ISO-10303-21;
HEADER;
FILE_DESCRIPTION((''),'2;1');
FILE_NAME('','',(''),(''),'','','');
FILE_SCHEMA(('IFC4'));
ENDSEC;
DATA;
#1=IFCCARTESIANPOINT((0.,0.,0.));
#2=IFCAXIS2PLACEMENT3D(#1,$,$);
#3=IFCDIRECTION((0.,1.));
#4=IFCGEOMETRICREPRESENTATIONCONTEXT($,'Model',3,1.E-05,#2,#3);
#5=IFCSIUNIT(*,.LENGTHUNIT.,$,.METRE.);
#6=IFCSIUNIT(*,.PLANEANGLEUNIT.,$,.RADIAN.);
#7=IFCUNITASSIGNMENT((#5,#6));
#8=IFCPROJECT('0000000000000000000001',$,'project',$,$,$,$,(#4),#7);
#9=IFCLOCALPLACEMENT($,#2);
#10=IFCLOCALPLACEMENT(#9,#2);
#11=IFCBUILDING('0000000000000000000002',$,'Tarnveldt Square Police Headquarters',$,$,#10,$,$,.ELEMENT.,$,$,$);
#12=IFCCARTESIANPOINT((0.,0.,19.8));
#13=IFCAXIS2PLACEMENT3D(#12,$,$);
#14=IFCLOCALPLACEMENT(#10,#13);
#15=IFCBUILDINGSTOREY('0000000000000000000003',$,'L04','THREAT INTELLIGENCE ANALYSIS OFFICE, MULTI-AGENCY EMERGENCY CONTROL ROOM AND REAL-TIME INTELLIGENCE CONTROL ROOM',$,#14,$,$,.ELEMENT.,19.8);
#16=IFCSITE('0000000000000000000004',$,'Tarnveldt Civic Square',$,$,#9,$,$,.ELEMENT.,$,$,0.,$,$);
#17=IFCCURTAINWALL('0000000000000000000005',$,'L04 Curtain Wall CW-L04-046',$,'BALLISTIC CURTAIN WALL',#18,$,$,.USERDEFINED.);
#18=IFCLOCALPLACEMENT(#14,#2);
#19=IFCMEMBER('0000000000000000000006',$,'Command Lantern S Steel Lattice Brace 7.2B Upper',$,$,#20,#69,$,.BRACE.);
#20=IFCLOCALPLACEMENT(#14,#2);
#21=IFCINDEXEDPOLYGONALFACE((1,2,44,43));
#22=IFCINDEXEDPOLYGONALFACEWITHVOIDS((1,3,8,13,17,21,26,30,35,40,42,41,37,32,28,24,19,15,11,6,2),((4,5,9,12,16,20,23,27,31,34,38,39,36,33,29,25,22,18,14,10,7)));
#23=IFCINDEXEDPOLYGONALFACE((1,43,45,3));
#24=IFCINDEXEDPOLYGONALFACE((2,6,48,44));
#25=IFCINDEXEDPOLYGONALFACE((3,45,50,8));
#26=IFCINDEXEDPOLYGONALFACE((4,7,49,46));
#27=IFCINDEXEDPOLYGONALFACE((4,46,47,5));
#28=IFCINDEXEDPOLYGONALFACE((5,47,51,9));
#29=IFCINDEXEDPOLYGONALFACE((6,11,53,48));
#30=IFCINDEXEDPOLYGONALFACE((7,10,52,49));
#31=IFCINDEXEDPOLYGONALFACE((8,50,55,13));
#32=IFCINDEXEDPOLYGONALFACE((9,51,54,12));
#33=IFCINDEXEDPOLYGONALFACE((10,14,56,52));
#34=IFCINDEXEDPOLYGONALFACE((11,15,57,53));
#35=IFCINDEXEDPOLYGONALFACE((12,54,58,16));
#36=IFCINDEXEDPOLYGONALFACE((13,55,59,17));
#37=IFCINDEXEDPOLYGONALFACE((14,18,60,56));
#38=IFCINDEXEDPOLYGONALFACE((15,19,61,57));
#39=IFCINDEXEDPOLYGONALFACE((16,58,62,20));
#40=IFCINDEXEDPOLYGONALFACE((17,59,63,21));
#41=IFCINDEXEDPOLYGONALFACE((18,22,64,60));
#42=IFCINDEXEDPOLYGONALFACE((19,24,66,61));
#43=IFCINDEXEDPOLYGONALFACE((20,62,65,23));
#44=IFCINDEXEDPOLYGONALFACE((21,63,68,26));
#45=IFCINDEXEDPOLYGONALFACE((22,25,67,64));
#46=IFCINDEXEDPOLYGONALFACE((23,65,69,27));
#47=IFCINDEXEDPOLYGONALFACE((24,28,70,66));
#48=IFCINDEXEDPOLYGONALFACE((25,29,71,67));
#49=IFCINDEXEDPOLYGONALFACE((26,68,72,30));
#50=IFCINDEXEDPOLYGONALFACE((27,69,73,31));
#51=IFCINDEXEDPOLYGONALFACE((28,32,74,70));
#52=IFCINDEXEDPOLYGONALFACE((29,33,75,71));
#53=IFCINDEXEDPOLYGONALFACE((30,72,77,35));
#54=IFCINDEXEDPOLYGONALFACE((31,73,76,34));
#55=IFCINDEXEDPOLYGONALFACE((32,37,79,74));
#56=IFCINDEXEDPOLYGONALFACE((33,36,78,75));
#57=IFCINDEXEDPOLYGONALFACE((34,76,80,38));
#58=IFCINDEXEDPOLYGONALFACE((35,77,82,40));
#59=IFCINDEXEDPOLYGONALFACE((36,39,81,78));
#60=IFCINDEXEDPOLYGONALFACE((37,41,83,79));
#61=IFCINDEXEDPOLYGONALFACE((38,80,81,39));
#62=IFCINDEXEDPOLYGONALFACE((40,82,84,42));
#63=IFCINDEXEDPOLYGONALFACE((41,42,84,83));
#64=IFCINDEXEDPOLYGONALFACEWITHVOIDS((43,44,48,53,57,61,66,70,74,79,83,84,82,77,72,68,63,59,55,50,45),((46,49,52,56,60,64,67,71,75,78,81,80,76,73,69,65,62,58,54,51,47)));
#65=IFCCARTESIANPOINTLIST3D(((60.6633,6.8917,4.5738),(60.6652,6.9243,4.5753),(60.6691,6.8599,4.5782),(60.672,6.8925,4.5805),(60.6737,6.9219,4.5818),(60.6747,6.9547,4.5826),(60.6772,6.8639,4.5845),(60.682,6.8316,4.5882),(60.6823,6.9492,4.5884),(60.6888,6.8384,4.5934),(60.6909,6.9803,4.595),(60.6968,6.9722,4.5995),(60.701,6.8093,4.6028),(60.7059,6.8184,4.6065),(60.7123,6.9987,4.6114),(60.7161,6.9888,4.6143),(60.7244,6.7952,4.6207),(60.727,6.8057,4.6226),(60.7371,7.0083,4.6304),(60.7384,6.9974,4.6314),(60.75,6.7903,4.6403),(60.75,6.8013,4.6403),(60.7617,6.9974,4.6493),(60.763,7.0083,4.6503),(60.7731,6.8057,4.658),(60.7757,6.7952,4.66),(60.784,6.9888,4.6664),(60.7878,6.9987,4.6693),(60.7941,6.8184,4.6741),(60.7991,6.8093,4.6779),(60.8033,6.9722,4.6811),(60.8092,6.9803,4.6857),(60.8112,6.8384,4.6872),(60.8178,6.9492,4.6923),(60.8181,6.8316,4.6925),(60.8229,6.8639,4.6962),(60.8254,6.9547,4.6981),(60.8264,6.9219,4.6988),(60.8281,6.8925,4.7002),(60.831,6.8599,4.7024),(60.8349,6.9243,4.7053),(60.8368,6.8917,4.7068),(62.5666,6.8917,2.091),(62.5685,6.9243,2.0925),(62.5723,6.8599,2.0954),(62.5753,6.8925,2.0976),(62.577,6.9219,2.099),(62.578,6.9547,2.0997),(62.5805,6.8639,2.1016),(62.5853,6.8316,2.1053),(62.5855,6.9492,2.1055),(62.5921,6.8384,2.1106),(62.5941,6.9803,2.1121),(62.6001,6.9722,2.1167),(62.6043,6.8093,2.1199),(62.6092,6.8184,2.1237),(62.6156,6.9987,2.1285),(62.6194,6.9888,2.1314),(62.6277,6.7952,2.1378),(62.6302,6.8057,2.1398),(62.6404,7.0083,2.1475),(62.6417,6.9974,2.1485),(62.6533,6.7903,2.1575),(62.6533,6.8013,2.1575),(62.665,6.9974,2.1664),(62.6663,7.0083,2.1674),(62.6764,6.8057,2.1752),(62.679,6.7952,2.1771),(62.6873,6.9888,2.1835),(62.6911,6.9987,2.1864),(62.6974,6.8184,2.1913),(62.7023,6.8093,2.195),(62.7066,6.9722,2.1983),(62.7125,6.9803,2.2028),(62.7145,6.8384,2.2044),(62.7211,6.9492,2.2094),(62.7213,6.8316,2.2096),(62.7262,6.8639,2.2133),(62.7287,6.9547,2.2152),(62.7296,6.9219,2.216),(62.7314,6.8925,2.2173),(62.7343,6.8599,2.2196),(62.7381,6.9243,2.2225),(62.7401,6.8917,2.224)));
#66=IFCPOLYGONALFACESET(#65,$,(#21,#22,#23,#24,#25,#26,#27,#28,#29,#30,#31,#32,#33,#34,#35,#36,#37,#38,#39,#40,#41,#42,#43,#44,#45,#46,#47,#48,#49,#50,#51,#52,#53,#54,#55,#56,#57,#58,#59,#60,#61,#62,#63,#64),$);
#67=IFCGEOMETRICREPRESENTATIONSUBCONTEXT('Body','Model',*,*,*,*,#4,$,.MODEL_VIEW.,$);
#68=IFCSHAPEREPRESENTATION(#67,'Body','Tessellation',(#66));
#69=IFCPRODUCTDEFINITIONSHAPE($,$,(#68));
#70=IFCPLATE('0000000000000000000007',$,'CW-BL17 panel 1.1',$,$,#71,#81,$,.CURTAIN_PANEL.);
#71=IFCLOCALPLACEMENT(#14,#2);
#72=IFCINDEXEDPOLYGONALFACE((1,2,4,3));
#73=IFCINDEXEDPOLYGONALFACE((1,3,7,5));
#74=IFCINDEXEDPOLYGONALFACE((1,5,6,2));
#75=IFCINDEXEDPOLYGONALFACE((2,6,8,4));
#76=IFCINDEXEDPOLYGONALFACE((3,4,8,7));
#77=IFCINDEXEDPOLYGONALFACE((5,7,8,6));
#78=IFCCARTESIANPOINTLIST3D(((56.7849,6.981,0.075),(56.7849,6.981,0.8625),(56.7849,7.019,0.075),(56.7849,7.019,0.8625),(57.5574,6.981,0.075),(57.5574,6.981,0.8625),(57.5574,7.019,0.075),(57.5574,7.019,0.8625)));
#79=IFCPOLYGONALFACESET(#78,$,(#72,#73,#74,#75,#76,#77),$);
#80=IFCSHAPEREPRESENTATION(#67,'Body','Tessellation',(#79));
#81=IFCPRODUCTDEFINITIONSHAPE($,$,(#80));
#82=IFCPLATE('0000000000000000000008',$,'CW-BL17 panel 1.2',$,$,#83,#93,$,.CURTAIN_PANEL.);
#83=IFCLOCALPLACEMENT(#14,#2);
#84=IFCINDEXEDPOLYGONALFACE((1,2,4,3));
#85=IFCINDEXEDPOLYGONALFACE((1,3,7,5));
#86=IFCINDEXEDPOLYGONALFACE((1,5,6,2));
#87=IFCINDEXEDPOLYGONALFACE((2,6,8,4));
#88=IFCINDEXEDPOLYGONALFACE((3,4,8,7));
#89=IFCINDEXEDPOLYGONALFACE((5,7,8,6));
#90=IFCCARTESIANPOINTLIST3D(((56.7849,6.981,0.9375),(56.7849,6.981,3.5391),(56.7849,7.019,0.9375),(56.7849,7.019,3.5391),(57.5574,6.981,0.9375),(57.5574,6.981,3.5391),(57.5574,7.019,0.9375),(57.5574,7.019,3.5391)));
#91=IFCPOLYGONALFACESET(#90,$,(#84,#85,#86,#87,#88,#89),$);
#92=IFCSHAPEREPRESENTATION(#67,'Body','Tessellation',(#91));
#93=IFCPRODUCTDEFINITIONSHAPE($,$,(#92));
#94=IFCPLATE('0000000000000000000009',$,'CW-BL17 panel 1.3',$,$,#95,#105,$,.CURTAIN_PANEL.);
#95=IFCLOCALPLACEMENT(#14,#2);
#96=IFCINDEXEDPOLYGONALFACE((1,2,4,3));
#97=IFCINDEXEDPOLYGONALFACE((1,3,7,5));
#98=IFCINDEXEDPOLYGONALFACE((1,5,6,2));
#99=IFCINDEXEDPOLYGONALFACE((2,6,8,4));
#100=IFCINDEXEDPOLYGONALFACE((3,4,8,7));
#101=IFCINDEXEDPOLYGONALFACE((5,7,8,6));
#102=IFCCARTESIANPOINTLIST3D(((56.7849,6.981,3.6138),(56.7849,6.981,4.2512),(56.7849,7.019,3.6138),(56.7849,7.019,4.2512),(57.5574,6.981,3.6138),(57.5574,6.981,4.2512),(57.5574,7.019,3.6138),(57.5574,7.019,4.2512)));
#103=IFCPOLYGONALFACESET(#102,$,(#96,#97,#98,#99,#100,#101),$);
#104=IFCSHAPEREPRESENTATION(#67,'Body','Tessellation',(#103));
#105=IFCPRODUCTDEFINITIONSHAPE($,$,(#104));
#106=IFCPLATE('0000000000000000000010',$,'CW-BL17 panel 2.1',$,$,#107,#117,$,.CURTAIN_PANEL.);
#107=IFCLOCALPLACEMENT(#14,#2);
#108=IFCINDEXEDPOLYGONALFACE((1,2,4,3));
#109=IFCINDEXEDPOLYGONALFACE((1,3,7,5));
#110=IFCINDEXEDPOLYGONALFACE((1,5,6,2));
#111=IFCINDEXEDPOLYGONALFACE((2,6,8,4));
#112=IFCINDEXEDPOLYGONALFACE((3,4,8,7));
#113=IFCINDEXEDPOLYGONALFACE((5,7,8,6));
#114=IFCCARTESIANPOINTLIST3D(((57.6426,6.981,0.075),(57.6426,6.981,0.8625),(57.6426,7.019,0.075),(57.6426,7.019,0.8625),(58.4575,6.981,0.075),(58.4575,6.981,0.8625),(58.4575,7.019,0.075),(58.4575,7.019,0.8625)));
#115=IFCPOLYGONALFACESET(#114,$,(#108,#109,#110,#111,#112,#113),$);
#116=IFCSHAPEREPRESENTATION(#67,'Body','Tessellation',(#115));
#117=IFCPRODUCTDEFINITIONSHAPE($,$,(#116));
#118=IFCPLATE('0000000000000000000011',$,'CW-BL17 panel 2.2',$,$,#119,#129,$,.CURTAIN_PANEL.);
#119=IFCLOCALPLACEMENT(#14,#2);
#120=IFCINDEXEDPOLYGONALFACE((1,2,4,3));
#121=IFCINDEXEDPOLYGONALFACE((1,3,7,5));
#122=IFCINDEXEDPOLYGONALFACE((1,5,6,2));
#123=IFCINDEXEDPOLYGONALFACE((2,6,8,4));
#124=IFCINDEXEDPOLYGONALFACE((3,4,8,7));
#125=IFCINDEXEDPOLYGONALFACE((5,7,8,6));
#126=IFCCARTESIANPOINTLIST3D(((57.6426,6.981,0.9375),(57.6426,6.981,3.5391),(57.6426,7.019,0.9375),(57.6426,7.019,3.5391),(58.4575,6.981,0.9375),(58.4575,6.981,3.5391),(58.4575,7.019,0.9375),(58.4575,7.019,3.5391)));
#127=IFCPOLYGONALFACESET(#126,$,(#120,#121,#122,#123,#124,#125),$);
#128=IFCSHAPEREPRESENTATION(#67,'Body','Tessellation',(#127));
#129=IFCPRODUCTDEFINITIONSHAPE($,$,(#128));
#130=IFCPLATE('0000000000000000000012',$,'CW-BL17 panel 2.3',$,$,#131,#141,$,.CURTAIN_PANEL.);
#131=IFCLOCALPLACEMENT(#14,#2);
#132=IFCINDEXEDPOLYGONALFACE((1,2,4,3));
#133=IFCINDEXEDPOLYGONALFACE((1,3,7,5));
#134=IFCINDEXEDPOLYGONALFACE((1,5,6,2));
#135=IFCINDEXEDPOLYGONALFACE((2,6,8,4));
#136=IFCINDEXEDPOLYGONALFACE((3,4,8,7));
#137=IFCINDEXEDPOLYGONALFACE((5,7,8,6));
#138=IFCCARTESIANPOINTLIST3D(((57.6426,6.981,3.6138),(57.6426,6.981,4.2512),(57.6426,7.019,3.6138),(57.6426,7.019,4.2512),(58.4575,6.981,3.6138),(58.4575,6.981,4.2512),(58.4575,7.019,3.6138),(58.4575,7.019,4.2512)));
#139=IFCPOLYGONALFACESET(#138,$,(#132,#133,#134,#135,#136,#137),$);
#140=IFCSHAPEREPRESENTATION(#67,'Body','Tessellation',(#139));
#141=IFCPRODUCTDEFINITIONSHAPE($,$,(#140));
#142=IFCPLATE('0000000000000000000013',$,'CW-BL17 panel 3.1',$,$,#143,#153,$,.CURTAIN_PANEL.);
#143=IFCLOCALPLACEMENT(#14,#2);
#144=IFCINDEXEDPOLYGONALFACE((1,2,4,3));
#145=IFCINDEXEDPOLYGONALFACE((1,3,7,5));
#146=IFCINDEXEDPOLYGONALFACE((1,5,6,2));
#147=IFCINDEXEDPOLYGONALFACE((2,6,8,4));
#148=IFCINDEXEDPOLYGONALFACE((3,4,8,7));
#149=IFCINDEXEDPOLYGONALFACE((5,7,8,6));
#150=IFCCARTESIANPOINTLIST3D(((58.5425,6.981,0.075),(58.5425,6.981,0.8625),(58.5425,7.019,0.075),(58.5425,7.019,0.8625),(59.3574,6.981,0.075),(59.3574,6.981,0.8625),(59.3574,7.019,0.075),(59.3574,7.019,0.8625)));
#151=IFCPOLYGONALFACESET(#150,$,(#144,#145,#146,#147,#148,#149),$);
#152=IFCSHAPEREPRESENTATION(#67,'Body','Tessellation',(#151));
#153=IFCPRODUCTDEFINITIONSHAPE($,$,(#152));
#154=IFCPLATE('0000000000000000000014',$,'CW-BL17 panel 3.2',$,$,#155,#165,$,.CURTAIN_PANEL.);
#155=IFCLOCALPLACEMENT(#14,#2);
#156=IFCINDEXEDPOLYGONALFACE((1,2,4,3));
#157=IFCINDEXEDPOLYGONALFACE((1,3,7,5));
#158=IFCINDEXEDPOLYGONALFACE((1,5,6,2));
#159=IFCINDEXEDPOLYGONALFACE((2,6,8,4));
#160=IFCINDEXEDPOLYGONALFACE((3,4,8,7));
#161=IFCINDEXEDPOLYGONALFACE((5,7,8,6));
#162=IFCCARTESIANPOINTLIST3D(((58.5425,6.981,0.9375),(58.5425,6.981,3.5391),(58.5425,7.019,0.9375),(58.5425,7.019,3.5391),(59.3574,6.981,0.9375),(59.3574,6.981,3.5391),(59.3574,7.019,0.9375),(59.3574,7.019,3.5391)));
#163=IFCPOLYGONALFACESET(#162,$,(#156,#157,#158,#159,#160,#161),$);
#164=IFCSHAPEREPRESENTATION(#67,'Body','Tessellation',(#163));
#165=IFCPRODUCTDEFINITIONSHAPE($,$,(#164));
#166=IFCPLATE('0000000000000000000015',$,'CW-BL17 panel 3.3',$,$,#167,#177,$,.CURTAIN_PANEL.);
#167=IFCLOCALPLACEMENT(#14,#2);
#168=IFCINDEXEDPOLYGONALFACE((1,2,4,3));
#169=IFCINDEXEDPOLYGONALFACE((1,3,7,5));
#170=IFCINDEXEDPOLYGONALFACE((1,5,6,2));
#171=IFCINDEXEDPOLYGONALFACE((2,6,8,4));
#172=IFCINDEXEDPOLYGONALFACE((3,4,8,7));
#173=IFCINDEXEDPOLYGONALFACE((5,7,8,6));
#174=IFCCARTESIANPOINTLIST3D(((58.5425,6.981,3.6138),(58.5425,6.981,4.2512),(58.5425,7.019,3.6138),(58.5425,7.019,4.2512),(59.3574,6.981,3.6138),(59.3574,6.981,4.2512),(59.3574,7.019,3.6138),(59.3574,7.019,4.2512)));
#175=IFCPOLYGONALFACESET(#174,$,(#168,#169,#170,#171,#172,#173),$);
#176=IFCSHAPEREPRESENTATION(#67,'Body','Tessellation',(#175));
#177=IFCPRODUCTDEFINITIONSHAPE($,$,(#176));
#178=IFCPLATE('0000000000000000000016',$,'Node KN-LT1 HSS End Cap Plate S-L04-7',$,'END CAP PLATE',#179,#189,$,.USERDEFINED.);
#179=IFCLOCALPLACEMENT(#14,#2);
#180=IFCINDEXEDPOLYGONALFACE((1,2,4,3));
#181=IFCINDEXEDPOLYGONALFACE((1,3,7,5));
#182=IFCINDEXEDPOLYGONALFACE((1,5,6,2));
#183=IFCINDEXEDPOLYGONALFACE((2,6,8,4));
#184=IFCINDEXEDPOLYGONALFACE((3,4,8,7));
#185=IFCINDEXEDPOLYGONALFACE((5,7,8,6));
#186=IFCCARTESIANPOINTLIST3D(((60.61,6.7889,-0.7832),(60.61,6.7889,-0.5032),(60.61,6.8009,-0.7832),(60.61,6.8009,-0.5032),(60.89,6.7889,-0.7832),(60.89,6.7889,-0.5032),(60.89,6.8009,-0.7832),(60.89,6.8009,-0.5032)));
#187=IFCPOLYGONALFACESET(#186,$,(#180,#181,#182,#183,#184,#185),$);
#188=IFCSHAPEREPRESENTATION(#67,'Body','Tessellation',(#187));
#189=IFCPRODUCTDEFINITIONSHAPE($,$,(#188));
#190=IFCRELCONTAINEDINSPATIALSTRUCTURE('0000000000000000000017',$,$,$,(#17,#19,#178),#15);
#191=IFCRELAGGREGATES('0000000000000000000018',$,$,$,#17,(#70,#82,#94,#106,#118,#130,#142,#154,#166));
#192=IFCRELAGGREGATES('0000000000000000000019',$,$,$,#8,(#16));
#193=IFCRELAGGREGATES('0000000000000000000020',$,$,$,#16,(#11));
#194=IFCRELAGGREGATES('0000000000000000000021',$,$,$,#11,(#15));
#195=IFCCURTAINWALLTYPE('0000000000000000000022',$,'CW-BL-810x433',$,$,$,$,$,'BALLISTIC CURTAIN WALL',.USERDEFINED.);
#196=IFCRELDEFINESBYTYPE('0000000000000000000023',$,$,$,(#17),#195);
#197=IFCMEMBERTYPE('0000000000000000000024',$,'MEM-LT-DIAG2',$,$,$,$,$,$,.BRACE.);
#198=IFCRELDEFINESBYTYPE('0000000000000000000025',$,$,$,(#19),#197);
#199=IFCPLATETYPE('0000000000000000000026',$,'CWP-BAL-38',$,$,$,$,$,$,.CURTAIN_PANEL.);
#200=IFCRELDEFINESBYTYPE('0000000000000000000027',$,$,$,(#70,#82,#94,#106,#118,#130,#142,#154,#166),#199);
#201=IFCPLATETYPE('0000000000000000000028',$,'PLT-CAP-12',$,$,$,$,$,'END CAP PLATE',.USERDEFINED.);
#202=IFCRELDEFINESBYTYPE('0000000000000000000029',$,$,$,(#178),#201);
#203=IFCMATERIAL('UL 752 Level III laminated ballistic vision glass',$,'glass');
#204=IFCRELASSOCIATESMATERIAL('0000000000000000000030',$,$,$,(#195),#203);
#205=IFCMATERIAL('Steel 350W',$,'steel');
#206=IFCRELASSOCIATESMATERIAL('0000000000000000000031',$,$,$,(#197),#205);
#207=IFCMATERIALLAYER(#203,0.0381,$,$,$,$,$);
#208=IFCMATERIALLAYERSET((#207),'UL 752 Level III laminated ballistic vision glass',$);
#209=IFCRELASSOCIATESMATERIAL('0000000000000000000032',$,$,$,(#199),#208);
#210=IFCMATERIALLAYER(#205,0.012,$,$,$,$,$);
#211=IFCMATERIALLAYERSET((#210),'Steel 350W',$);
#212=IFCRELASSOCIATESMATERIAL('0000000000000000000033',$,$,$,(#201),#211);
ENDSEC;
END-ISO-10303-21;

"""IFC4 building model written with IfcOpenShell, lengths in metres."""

from ifc_helpers import new_model, si_unit, direction, frame, origin, origin_2d, place, context, subcontext, project, spatial, rectangle, hollow_circle, extrude, material, layer, layer_set, material_profile, profile_set, type_object, element, aggregate, save


model = new_model("IFC4")

# Units and contexts
model_context = context("Model", 3, precision=1e-05, world=origin(), true_north=direction((0.0, 1.0)))
body_context = subcontext(model_context, "Body", "Model", "MODEL_VIEW")
ifc_project = project(units=[si_unit("LENGTHUNIT", "METRE"), si_unit("PLANEANGLEUNIT", "RADIAN")], contexts=[model_context])

# Site, building, storey
site_placement = place(None, origin())
site = spatial("IfcSite", under=ifc_project, at=site_placement, Name="Tarnveldt Civic Square", CompositionType="ELEMENT", RefElevation=0.0)
building_placement = place(site_placement, origin())
building = spatial("IfcBuilding", under=site, at=building_placement, Name="Tarnveldt Square Police Headquarters", CompositionType="ELEMENT")
storey_placement = place(building_placement, frame((0.0, 0.0, 19.8)))
storey = spatial("IfcBuildingStorey", under=building, at=storey_placement, Name="L04", Description="THREAT INTELLIGENCE ANALYSIS OFFICE, MULTI-AGENCY EMERGENCY CONTROL ROOM AND REAL-TIME INTELLIGENCE CONTROL ROOM", CompositionType="ELEMENT", Elevation=19.8)

# Curtain wall
ifc_material_1 = material(Name="UL 752 Level III laminated ballistic vision glass", Category="glass")
curtain_wall_type = type_object("IfcCurtainWallType", Name="CW-BL-810x433", ElementType="BALLISTIC CURTAIN WALL", PredefinedType="USERDEFINED", material=ifc_material_1)
curtain_wall_placement = place(storey_placement, origin())
curtain_wall = element("IfcCurtainWall", 1, at=curtain_wall_placement, inside=storey, type_object=curtain_wall_type, Name="L04 Curtain Wall CW-L04-046", ObjectType="BALLISTIC CURTAIN WALL", PredefinedType="USERDEFINED")

# Member
ifc_material_2 = material(Name="Steel 350W", Category="steel")
ifc_material_profile_1 = material_profile(ifc_material_2, hollow_circle(Radius=0.1096, WallThickness=0.011, at=origin_2d()), Name="HSS219x11")
ifc_profile_set_1 = profile_set([ifc_material_profile_1], Name="Steel 350W")
member_type_1 = type_object("IfcMemberType", Name="MEM-LT-DIAG2", PredefinedType="BRACE", material=ifc_profile_set_1)
member_1_placement = place(storey_placement, frame((62.6533, 6.8999, 2.1575), z_axis=(-0.608382, 0.0, 0.793644), x_axis=(0.0, -1.0, 0.0)))
element("IfcMember", 2, at=member_1_placement, inside=storey, type_object=member_type_1, Name="Command Lantern S Steel Lattice Brace 7.2B Upper", PredefinedType="BRACE", context=body_context, shape_type="SweptSolid", body=[
    extrude(hollow_circle(Radius=0.1096, WallThickness=0.011, at=origin_2d()), origin(), (0.0, 0.0, 1.0), 3.1284),
])

# Plates
ifc_layer_1 = layer(ifc_material_1, 0.0381)
ifc_layer_set_1 = layer_set([ifc_layer_1], Name="UL 752 Level III laminated ballistic vision glass")
plate_type_1 = type_object("IfcPlateType", Name="CWP-BAL-38", PredefinedType="CURTAIN_PANEL", material=ifc_layer_set_1)
plate_1_placement = place(storey_placement, frame((57.1711, 7.0, 0.075), z_axis=(0.0, 0.0, 1.0), x_axis=(1.0, 0.0, 0.0)))
plate_1 = element("IfcPlate", 3, at=plate_1_placement, type_object=plate_type_1, Name="CW-BL17 panel 1.1", PredefinedType="CURTAIN_PANEL", context=body_context, shape_type="SweptSolid", body=[
    extrude(rectangle(XDim=0.7725, YDim=0.0381, at=origin_2d()), origin(), (0.0, 0.0, 1.0), 0.7876),
])
plate_2_placement = place(storey_placement, frame((57.1711, 7.0, 0.9375), z_axis=(0.0, 0.0, 1.0), x_axis=(1.0, 0.0, 0.0)))
plate_2 = element("IfcPlate", 4, at=plate_2_placement, type_object=plate_type_1, Name="CW-BL17 panel 1.2", PredefinedType="CURTAIN_PANEL", context=body_context, shape_type="SweptSolid", body=[
    extrude(rectangle(XDim=0.7725, YDim=0.0381, at=origin_2d()), origin(), (0.0, 0.0, 1.0), 2.6016),
])
plate_3_placement = place(storey_placement, frame((57.1711, 7.0, 3.6138), z_axis=(0.0, 0.0, 1.0), x_axis=(1.0, 0.0, 0.0)))
plate_3 = element("IfcPlate", 5, at=plate_3_placement, type_object=plate_type_1, Name="CW-BL17 panel 1.3", PredefinedType="CURTAIN_PANEL", context=body_context, shape_type="SweptSolid", body=[
    extrude(rectangle(XDim=0.7725, YDim=0.0381, at=origin_2d()), origin(), (0.0, 0.0, 1.0), 0.6375),
])
plate_4_placement = place(storey_placement, frame((58.05, 7.0, 0.075), z_axis=(0.0, 0.0, 1.0), x_axis=(1.0, 0.0, 0.0)))
plate_4 = element("IfcPlate", 6, at=plate_4_placement, type_object=plate_type_1, Name="CW-BL17 panel 2.1", PredefinedType="CURTAIN_PANEL", context=body_context, shape_type="SweptSolid", body=[
    extrude(rectangle(XDim=0.8149, YDim=0.0381, at=origin_2d()), origin(), (0.0, 0.0, 1.0), 0.7876),
])
plate_5_placement = place(storey_placement, frame((58.05, 7.0, 0.9375), z_axis=(0.0, 0.0, 1.0), x_axis=(1.0, 0.0, 0.0)))
plate_5 = element("IfcPlate", 7, at=plate_5_placement, type_object=plate_type_1, Name="CW-BL17 panel 2.2", PredefinedType="CURTAIN_PANEL", context=body_context, shape_type="SweptSolid", body=[
    extrude(rectangle(XDim=0.8149, YDim=0.0381, at=origin_2d()), origin(), (0.0, 0.0, 1.0), 2.6016),
])
plate_6_placement = place(storey_placement, frame((58.05, 7.0, 3.6138), z_axis=(0.0, 0.0, 1.0), x_axis=(1.0, 0.0, 0.0)))
plate_6 = element("IfcPlate", 8, at=plate_6_placement, type_object=plate_type_1, Name="CW-BL17 panel 2.3", PredefinedType="CURTAIN_PANEL", context=body_context, shape_type="SweptSolid", body=[
    extrude(rectangle(XDim=0.8149, YDim=0.0381, at=origin_2d()), origin(), (0.0, 0.0, 1.0), 0.6375),
])
plate_7_placement = place(storey_placement, frame((58.95, 7.0, 0.075), z_axis=(0.0, 0.0, 1.0), x_axis=(1.0, 0.0, 0.0)))
plate_7 = element("IfcPlate", 9, at=plate_7_placement, type_object=plate_type_1, Name="CW-BL17 panel 3.1", PredefinedType="CURTAIN_PANEL", context=body_context, shape_type="SweptSolid", body=[
    extrude(rectangle(XDim=0.8149, YDim=0.0381, at=origin_2d()), origin(), (0.0, 0.0, 1.0), 0.7876),
])
plate_8_placement = place(storey_placement, frame((58.95, 7.0, 0.9375), z_axis=(0.0, 0.0, 1.0), x_axis=(1.0, 0.0, 0.0)))
plate_8 = element("IfcPlate", 10, at=plate_8_placement, type_object=plate_type_1, Name="CW-BL17 panel 3.2", PredefinedType="CURTAIN_PANEL", context=body_context, shape_type="SweptSolid", body=[
    extrude(rectangle(XDim=0.8149, YDim=0.0381, at=origin_2d()), origin(), (0.0, 0.0, 1.0), 2.6016),
])
plate_9_placement = place(storey_placement, frame((58.95, 7.0, 3.6138), z_axis=(0.0, 0.0, 1.0), x_axis=(1.0, 0.0, 0.0)))
plate_9 = element("IfcPlate", 11, at=plate_9_placement, type_object=plate_type_1, Name="CW-BL17 panel 3.3", PredefinedType="CURTAIN_PANEL", context=body_context, shape_type="SweptSolid", body=[
    extrude(rectangle(XDim=0.8149, YDim=0.0381, at=origin_2d()), origin(), (0.0, 0.0, 1.0), 0.6375),
])
aggregate(curtain_wall, [plate_1, plate_2, plate_3, plate_4, plate_5, plate_6, plate_7, plate_8, plate_9])

# Plate
ifc_layer_2 = layer(ifc_material_2, 0.012)
ifc_layer_set_2 = layer_set([ifc_layer_2], Name="Steel 350W")
plate_type_2 = type_object("IfcPlateType", Name="PLT-CAP-12", ElementType="END CAP PLATE", PredefinedType="USERDEFINED", material=ifc_layer_set_2)
plate_10_placement = place(storey_placement, frame((60.75, 6.7949, -0.7832), z_axis=(0.0, 0.0, 1.0), x_axis=(1.0, 0.0, 0.0)))
element("IfcPlate", 12, at=plate_10_placement, inside=storey, type_object=plate_type_2, Name="Node KN-LT1 HSS End Cap Plate S-L04-7", ObjectType="END CAP PLATE", PredefinedType="USERDEFINED", context=body_context, shape_type="SweptSolid", body=[
    extrude(rectangle(XDim=0.28, YDim=0.012, at=origin_2d()), origin(), (0.0, 0.0, 1.0), 0.28),
])

save(model, "model.ifc")
